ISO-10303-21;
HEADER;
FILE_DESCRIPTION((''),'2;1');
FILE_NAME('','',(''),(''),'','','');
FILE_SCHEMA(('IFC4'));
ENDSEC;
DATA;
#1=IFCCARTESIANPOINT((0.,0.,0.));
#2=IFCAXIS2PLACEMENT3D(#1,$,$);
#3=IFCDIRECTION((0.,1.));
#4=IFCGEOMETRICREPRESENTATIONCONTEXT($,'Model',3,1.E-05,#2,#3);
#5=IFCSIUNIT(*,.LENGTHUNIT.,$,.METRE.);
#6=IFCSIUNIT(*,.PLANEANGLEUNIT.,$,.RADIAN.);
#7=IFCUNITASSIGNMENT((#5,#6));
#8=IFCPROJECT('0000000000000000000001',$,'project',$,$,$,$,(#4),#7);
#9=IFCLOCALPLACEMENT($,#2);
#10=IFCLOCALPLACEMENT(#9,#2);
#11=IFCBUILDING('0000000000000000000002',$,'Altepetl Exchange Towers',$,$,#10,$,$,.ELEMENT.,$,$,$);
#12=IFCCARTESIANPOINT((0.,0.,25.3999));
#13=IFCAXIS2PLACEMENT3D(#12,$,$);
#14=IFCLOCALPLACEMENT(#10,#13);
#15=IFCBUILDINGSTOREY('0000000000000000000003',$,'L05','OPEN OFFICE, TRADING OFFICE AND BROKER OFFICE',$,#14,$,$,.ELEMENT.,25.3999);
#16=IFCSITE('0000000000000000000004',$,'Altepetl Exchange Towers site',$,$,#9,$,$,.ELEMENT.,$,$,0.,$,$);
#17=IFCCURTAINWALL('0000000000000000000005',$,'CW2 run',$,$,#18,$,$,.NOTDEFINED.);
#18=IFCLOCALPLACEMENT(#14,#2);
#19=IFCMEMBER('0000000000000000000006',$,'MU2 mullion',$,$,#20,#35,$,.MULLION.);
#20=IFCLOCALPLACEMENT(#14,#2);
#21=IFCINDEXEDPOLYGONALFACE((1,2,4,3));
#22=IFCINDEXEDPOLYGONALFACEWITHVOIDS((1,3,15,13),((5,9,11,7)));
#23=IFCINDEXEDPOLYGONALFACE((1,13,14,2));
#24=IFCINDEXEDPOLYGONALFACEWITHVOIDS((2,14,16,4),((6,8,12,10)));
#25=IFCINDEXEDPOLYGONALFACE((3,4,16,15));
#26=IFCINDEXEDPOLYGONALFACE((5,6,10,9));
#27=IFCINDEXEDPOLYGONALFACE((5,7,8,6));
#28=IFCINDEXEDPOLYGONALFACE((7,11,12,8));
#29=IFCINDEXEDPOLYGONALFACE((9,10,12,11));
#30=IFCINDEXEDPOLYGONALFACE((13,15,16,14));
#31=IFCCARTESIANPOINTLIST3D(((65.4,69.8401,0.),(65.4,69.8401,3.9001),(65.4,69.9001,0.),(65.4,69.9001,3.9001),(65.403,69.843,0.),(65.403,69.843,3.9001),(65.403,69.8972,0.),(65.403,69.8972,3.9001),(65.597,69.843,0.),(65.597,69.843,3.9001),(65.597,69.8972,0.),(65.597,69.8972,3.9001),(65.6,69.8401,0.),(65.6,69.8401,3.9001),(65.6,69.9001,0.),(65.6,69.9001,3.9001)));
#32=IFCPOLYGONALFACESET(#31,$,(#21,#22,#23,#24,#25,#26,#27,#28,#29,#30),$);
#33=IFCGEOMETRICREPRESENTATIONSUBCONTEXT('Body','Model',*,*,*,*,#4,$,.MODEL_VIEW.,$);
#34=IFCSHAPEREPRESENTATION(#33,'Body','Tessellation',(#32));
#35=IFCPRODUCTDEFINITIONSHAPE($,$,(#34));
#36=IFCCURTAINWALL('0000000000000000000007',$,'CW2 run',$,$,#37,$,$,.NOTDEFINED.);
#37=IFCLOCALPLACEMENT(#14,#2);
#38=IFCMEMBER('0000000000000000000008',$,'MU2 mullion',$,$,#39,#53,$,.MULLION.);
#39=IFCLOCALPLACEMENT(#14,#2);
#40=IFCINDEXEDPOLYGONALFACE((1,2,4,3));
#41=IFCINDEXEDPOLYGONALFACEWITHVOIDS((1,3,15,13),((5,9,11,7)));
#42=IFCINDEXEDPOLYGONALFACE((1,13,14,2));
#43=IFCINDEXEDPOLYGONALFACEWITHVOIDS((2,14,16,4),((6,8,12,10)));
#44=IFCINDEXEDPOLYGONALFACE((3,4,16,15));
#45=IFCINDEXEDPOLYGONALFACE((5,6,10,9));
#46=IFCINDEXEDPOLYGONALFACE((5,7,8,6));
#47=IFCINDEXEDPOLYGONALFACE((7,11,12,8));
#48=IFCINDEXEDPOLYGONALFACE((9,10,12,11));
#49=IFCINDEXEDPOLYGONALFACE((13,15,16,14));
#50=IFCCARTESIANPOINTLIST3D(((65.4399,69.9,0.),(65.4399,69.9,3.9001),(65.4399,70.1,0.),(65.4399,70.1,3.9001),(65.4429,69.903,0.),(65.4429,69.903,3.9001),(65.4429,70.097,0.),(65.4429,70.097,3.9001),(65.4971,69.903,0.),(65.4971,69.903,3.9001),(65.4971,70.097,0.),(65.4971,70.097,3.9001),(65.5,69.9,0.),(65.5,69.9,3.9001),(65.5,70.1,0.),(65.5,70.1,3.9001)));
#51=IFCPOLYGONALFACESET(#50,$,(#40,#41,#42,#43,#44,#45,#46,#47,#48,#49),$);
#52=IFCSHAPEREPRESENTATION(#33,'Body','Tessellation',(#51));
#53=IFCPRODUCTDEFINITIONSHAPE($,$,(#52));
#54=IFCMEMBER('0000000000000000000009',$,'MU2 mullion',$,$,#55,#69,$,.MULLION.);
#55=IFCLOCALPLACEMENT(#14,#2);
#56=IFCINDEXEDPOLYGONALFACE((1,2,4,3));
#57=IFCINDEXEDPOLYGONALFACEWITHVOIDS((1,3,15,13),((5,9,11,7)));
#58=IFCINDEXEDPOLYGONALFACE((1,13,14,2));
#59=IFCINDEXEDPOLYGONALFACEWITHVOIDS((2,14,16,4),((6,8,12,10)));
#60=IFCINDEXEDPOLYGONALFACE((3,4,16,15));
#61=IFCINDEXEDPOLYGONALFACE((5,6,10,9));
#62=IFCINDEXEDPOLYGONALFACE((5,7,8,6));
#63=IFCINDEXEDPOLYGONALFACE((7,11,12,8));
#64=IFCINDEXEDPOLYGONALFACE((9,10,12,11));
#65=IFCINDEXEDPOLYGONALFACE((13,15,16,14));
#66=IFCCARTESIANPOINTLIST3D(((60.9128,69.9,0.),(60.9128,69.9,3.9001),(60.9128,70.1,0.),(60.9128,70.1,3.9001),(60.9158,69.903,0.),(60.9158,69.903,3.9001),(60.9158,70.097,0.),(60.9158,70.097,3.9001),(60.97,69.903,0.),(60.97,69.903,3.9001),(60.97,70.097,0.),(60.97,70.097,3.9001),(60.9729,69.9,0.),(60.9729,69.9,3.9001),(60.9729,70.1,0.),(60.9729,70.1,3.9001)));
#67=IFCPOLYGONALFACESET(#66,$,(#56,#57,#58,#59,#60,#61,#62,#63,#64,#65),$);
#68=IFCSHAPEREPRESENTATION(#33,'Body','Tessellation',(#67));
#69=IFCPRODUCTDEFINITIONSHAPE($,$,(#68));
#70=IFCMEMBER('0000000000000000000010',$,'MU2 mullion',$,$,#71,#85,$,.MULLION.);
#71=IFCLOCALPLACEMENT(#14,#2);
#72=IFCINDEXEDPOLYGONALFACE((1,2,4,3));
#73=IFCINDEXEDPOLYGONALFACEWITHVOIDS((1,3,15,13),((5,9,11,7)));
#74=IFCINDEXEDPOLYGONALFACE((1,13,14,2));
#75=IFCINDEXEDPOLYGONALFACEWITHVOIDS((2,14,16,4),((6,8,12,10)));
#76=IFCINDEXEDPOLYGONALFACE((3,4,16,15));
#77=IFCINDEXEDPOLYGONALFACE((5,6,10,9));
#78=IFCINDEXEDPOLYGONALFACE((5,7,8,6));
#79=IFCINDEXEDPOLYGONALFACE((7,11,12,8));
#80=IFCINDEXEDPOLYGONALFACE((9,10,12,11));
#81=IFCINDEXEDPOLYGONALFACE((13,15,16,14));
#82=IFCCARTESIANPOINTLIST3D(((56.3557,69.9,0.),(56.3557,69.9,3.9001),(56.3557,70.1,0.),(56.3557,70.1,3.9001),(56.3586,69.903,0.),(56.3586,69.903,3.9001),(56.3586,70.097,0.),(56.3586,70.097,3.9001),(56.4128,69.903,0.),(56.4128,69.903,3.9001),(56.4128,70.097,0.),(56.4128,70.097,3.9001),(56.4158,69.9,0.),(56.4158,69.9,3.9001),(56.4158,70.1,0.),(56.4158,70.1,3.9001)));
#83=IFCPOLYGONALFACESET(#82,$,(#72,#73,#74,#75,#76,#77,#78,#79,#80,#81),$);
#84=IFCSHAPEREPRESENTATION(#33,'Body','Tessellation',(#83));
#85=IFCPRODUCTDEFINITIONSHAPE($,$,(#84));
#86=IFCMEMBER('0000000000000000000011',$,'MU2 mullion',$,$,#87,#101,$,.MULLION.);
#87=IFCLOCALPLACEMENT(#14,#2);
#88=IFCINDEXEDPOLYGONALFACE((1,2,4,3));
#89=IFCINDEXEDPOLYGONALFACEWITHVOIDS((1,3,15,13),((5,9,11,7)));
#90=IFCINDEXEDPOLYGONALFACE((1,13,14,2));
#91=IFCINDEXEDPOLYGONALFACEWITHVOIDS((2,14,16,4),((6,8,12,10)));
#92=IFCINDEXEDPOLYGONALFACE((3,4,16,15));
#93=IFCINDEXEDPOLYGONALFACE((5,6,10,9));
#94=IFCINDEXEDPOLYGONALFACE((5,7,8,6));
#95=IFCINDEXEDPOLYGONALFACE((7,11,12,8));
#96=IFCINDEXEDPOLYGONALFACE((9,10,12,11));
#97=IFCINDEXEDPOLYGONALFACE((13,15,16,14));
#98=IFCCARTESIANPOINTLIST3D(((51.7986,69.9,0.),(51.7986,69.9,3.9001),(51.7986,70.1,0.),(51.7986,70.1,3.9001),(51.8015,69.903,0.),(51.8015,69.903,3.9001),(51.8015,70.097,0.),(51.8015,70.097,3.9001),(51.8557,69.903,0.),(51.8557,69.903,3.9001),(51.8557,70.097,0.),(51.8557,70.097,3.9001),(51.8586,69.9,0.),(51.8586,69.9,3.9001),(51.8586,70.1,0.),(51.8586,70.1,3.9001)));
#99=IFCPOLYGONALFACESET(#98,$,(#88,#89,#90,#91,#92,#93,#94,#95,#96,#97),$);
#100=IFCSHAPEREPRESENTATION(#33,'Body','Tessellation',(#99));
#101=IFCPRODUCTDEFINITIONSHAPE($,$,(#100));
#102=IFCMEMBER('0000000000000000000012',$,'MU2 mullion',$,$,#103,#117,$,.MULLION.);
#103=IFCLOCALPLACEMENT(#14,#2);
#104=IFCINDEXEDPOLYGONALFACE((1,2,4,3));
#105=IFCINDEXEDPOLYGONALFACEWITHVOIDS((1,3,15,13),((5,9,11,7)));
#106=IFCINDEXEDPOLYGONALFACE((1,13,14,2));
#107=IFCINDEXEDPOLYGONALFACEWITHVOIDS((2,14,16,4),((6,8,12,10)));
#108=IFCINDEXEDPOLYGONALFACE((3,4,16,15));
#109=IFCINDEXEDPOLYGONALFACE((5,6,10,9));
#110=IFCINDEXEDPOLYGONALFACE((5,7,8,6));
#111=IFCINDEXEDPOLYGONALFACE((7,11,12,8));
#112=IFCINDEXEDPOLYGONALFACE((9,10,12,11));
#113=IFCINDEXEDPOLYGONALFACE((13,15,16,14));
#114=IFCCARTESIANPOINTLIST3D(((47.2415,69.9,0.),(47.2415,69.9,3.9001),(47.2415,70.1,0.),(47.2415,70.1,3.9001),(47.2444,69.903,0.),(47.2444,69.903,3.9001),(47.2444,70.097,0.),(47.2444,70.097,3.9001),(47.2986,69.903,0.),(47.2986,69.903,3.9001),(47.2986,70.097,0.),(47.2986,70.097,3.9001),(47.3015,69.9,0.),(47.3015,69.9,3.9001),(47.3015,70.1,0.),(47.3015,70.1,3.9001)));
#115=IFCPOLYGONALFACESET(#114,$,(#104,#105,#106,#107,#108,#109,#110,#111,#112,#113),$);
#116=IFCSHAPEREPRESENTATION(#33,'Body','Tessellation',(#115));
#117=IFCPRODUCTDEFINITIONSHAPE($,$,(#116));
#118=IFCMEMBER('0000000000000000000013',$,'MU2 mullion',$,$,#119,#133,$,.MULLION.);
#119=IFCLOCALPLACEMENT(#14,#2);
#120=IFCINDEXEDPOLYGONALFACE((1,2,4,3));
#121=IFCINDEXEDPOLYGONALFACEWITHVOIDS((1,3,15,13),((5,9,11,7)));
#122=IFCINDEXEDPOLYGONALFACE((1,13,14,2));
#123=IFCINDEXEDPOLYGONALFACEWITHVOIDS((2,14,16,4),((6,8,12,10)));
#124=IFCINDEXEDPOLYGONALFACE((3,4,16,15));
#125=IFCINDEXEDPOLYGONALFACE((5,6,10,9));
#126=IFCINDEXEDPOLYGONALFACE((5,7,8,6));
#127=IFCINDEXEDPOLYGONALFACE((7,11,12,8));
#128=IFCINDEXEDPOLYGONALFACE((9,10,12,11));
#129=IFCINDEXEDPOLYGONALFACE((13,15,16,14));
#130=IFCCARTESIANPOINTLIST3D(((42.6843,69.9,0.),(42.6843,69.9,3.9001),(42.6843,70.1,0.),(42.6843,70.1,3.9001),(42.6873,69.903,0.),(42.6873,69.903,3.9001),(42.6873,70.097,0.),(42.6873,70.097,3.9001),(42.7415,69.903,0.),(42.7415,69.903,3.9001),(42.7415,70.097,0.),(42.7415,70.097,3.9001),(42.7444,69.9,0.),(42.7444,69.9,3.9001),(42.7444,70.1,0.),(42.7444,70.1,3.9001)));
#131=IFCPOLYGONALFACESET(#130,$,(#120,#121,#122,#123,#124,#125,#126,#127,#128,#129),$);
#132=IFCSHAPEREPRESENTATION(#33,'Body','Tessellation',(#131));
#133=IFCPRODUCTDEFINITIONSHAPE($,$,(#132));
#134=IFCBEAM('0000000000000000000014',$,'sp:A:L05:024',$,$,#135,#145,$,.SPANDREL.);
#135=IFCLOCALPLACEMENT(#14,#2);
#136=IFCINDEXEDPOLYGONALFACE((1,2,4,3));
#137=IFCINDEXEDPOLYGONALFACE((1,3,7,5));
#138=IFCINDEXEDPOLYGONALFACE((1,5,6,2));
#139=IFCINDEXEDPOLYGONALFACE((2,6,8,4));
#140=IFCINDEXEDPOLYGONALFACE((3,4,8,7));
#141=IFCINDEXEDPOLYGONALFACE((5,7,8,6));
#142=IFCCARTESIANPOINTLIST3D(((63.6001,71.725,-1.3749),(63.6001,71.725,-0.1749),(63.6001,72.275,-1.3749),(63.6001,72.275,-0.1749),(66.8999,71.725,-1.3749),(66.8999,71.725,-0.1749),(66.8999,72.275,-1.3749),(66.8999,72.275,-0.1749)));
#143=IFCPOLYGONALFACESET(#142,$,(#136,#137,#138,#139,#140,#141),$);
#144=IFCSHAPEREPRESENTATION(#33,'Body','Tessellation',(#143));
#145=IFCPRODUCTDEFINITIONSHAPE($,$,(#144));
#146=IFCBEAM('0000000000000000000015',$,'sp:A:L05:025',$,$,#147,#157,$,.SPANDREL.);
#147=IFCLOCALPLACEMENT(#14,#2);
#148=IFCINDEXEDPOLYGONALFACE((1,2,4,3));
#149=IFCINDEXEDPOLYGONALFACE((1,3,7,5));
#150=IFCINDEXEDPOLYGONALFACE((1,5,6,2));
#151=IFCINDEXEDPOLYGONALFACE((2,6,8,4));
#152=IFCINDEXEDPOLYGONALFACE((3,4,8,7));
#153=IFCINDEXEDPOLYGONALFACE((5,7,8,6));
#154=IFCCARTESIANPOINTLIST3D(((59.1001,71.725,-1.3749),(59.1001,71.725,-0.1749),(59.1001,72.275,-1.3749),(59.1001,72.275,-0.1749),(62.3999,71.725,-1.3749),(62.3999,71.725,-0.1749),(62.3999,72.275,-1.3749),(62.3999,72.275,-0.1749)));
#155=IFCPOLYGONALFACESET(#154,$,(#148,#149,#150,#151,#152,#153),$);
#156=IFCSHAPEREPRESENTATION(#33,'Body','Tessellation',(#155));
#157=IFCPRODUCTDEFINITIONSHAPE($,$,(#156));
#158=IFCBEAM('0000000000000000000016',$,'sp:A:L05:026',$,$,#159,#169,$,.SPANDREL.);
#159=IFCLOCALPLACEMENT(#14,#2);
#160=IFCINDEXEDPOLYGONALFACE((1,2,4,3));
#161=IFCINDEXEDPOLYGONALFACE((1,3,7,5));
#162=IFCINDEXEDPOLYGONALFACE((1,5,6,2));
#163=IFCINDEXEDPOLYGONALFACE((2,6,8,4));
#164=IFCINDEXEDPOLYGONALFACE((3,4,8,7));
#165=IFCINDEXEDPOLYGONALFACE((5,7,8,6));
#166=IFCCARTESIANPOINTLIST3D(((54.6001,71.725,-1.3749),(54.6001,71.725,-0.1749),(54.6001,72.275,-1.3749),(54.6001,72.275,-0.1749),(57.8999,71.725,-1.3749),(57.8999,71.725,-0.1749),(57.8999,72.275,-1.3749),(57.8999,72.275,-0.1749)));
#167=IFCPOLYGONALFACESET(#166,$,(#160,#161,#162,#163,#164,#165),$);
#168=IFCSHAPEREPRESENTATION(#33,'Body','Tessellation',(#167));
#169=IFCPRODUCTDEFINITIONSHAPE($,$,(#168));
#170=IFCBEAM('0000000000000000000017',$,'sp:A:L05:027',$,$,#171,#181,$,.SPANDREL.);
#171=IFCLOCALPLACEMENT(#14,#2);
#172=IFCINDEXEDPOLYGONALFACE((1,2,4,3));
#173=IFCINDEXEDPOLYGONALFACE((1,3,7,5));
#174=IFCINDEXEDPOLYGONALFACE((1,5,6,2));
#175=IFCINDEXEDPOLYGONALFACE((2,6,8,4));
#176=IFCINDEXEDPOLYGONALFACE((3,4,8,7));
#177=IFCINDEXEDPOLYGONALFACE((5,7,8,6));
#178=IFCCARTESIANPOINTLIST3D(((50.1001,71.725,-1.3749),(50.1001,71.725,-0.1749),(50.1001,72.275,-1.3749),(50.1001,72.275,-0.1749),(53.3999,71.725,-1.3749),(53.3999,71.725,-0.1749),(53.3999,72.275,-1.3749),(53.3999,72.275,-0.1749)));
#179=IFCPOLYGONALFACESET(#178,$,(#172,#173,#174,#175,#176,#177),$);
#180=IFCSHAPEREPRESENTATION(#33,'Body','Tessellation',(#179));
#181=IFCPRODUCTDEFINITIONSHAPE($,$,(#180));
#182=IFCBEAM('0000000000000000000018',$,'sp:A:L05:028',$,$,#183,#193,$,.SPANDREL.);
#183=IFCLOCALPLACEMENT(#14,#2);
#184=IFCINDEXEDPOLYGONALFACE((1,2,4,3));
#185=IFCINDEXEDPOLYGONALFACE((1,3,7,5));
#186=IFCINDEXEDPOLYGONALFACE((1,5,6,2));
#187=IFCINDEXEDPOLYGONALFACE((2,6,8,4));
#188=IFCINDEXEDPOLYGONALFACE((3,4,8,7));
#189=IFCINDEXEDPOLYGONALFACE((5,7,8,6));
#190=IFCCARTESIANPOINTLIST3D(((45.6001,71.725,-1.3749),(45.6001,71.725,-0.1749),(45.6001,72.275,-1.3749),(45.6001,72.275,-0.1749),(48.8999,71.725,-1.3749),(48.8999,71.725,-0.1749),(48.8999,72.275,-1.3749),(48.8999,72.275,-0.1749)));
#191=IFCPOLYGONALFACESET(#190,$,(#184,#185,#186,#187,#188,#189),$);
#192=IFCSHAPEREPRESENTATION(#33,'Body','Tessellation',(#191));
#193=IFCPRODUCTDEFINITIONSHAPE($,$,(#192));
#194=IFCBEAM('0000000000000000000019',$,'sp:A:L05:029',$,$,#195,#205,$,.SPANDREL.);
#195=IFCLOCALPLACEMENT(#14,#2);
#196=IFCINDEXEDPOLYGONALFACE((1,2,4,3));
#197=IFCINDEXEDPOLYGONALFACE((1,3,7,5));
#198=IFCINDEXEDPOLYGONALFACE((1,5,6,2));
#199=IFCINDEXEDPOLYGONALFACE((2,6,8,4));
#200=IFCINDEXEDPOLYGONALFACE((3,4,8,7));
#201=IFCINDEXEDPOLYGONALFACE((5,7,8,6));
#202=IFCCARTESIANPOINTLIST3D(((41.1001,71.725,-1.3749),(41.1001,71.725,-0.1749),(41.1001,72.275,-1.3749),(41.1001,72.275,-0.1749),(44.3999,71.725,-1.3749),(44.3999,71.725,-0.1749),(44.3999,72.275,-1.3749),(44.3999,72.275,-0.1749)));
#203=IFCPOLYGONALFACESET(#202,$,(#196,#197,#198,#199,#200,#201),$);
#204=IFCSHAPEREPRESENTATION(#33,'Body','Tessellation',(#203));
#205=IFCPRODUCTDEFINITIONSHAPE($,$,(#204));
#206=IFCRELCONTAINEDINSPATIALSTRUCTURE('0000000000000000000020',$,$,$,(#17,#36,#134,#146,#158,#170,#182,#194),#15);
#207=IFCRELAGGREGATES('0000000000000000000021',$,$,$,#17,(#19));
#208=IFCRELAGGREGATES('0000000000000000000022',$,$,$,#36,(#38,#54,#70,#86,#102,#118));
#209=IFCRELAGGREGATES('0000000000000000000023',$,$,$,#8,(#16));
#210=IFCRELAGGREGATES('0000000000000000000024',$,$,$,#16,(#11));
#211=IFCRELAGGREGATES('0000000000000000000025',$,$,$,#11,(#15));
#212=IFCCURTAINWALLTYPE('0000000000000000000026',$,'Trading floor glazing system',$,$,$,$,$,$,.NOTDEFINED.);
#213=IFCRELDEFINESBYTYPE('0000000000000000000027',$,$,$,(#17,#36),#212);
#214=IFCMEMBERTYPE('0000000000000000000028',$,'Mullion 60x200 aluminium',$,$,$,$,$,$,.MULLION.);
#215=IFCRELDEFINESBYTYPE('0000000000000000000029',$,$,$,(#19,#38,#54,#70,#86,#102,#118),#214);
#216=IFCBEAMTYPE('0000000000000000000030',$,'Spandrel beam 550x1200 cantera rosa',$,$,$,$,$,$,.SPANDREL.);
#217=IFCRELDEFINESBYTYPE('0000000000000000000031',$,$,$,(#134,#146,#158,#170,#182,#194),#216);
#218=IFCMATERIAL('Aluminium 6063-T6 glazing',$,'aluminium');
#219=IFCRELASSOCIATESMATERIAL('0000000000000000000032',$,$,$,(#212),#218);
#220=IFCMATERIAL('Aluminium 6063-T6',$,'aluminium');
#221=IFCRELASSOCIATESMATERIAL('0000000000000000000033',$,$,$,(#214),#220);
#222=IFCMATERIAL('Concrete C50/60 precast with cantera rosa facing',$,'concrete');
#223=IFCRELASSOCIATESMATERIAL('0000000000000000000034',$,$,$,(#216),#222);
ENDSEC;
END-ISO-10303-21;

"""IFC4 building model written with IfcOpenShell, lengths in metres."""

from ifc_helpers import new_model, si_unit, direction, frame, origin, origin_2d, place, context, subcontext, project, spatial, rectangle, hollow_rectangle, extrude, material, material_profile, profile_set, type_object, element, aggregate, save


model = new_model("IFC4")

# Units and contexts
model_context = context("Model", 3, precision=1e-05, world=origin(), true_north=direction((0.0, 1.0)))
body_context = subcontext(model_context, "Body", "Model", "MODEL_VIEW")
ifc_project = project(units=[si_unit("LENGTHUNIT", "METRE"), si_unit("PLANEANGLEUNIT", "RADIAN")], contexts=[model_context])

# Site, building, storey
site_placement = place(None, origin())
site = spatial("IfcSite", under=ifc_project, at=site_placement, Name="Altepetl Exchange Towers site", CompositionType="ELEMENT", RefElevation=0.0)
building_placement = place(site_placement, origin())
building = spatial("IfcBuilding", under=site, at=building_placement, Name="Altepetl Exchange Towers", CompositionType="ELEMENT")
storey_placement = place(building_placement, frame((0.0, 0.0, 25.3999)))
storey = spatial("IfcBuildingStorey", under=building, at=storey_placement, Name="L05", Description="OPEN OFFICE, TRADING OFFICE AND BROKER OFFICE", CompositionType="ELEMENT", Elevation=25.3999)

# Shared definitions
ifc_material_1 = material(Name="Aluminium 6063-T6 glazing", Category="aluminium")
curtain_wall_type = type_object("IfcCurtainWallType", Name="Trading floor glazing system", PredefinedType="NOTDEFINED", material=ifc_material_1)
ifc_material_2 = material(Name="Aluminium 6063-T6", Category="aluminium")
ifc_material_profile_1 = material_profile(ifc_material_2, hollow_rectangle(XDim=0.0601, YDim=0.2, WallThickness=0.0029, at=origin_2d()), Name="Mullion 60x200 aluminium")
ifc_profile_set_1 = profile_set([ifc_material_profile_1], Name="Aluminium 6063-T6")
member_type = type_object("IfcMemberType", Name="Mullion 60x200 aluminium", PredefinedType="MULLION", material=ifc_profile_set_1)

# Curtain walls, members
curtain_wall_1_placement = place(storey_placement, origin())
curtain_wall_1 = element("IfcCurtainWall", 1, at=curtain_wall_1_placement, inside=storey, type_object=curtain_wall_type, Name="CW2 run", PredefinedType="NOTDEFINED")
member_1_placement = place(storey_placement, frame((65.5, 69.8701, 0.0), z_axis=(0.0, 0.0, 1.0), x_axis=(0.0, 1.0, 0.0)))
member_1 = element("IfcMember", 2, at=member_1_placement, type_object=member_type, Name="MU2 mullion", PredefinedType="MULLION", context=body_context, shape_type="SweptSolid", body=[
    extrude(hollow_rectangle(XDim=0.0601, YDim=0.2, WallThickness=0.0029, at=origin_2d()), origin(), (0.0, 0.0, 1.0), 3.9001),
])
curtain_wall_2_placement = place(storey_placement, origin())
curtain_wall_2 = element("IfcCurtainWall", 3, at=curtain_wall_2_placement, inside=storey, type_object=curtain_wall_type, Name="CW2 run", PredefinedType="NOTDEFINED")
member_2_placement = place(storey_placement, frame((65.47, 70.0, 0.0), z_axis=(0.0, 0.0, 1.0), x_axis=(-1.0, 0.0, 0.0)))
member_2 = element("IfcMember", 4, at=member_2_placement, type_object=member_type, Name="MU2 mullion", PredefinedType="MULLION", context=body_context, shape_type="SweptSolid", body=[
    extrude(hollow_rectangle(XDim=0.0601, YDim=0.2, WallThickness=0.0029, at=origin_2d()), origin(), (0.0, 0.0, 1.0), 3.9001),
])
member_3_placement = place(storey_placement, frame((60.9429, 70.0, 0.0), z_axis=(0.0, 0.0, 1.0), x_axis=(-1.0, 0.0, 0.0)))
member_3 = element("IfcMember", 5, at=member_3_placement, type_object=member_type, Name="MU2 mullion", PredefinedType="MULLION", context=body_context, shape_type="SweptSolid", body=[
    extrude(hollow_rectangle(XDim=0.0601, YDim=0.2, WallThickness=0.0029, at=origin_2d()), origin(), (0.0, 0.0, 1.0), 3.9001),
])
member_4_placement = place(storey_placement, frame((56.3857, 70.0, 0.0), z_axis=(0.0, 0.0, 1.0), x_axis=(-1.0, 0.0, 0.0)))
member_4 = element("IfcMember", 6, at=member_4_placement, type_object=member_type, Name="MU2 mullion", PredefinedType="MULLION", context=body_context, shape_type="SweptSolid", body=[
    extrude(hollow_rectangle(XDim=0.0601, YDim=0.2, WallThickness=0.0029, at=origin_2d()), origin(), (0.0, 0.0, 1.0), 3.9001),
])
member_5_placement = place(storey_placement, frame((51.8286, 70.0, 0.0), z_axis=(0.0, 0.0, 1.0), x_axis=(-1.0, 0.0, 0.0)))
member_5 = element("IfcMember", 7, at=member_5_placement, type_object=member_type, Name="MU2 mullion", PredefinedType="MULLION", context=body_context, shape_type="SweptSolid", body=[
    extrude(hollow_rectangle(XDim=0.0601, YDim=0.2, WallThickness=0.0029, at=origin_2d()), origin(), (0.0, 0.0, 1.0), 3.9001),
])
member_6_placement = place(storey_placement, frame((47.2715, 70.0, 0.0), z_axis=(0.0, 0.0, 1.0), x_axis=(-1.0, 0.0, 0.0)))
member_6 = element("IfcMember", 8, at=member_6_placement, type_object=member_type, Name="MU2 mullion", PredefinedType="MULLION", context=body_context, shape_type="SweptSolid", body=[
    extrude(hollow_rectangle(XDim=0.0601, YDim=0.2, WallThickness=0.0029, at=origin_2d()), origin(), (0.0, 0.0, 1.0), 3.9001),
])
member_7_placement = place(storey_placement, frame((42.7144, 70.0, 0.0), z_axis=(0.0, 0.0, 1.0), x_axis=(-1.0, 0.0, 0.0)))
member_7 = element("IfcMember", 9, at=member_7_placement, type_object=member_type, Name="MU2 mullion", PredefinedType="MULLION", context=body_context, shape_type="SweptSolid", body=[
    extrude(hollow_rectangle(XDim=0.0601, YDim=0.2, WallThickness=0.0029, at=origin_2d()), origin(), (0.0, 0.0, 1.0), 3.9001),
])

# Beams
ifc_material_3 = material(Name="Concrete C50/60 precast with cantera rosa facing", Category="concrete")
ifc_material_profile_2 = material_profile(ifc_material_3, rectangle(XDim=0.55, YDim=1.2, at=origin_2d()), Name="550 x 1200")
ifc_profile_set_2 = profile_set([ifc_material_profile_2], Name="Concrete C50/60 precast with cantera rosa facing")
beam_type_1 = type_object("IfcBeamType", Name="Spandrel beam 550x1200 cantera rosa", PredefinedType="SPANDREL", material=ifc_profile_set_2)
for number, where, z_axis, x_axis, name in (
    (10, (66.8999, 72.0, -0.7749), (-1.0, 0.0, 0.0), (0.0, -1.0, 0.0), "sp:A:L05:024"),
    (11, (62.3999, 72.0, -0.7749), (-1.0, 0.0, 0.0), (0.0, -1.0, 0.0), "sp:A:L05:025"),
    (12, (57.8999, 72.0, -0.7749), (-1.0, 0.0, 0.0), (0.0, -1.0, 0.0), "sp:A:L05:026"),
    (13, (53.3999, 72.0, -0.7749), (-1.0, 0.0, 0.0), (0.0, -1.0, 0.0), "sp:A:L05:027"),
    (14, (48.8999, 72.0, -0.7749), (-1.0, 0.0, 0.0), (0.0, -1.0, 0.0), "sp:A:L05:028"),
    (15, (44.3999, 72.0, -0.7749), (-1.0, 0.0, 0.0), (0.0, -1.0, 0.0), "sp:A:L05:029"),
):
    element("IfcBeam", number, at=place(storey_placement, frame(where, z_axis=z_axis, x_axis=x_axis)), inside=storey, type_object=beam_type_1, Name=name, PredefinedType="SPANDREL", context=body_context, shape_type="SweptSolid", body=[
        extrude(rectangle(XDim=0.55, YDim=1.2, at=origin_2d()), origin(), (0.0, 0.0, 1.0), 3.2998),
    ])

aggregate(curtain_wall_1, [member_1])
aggregate(curtain_wall_2, [member_2, member_3, member_4, member_5, member_6, member_7])

save(model, "model.ifc")
